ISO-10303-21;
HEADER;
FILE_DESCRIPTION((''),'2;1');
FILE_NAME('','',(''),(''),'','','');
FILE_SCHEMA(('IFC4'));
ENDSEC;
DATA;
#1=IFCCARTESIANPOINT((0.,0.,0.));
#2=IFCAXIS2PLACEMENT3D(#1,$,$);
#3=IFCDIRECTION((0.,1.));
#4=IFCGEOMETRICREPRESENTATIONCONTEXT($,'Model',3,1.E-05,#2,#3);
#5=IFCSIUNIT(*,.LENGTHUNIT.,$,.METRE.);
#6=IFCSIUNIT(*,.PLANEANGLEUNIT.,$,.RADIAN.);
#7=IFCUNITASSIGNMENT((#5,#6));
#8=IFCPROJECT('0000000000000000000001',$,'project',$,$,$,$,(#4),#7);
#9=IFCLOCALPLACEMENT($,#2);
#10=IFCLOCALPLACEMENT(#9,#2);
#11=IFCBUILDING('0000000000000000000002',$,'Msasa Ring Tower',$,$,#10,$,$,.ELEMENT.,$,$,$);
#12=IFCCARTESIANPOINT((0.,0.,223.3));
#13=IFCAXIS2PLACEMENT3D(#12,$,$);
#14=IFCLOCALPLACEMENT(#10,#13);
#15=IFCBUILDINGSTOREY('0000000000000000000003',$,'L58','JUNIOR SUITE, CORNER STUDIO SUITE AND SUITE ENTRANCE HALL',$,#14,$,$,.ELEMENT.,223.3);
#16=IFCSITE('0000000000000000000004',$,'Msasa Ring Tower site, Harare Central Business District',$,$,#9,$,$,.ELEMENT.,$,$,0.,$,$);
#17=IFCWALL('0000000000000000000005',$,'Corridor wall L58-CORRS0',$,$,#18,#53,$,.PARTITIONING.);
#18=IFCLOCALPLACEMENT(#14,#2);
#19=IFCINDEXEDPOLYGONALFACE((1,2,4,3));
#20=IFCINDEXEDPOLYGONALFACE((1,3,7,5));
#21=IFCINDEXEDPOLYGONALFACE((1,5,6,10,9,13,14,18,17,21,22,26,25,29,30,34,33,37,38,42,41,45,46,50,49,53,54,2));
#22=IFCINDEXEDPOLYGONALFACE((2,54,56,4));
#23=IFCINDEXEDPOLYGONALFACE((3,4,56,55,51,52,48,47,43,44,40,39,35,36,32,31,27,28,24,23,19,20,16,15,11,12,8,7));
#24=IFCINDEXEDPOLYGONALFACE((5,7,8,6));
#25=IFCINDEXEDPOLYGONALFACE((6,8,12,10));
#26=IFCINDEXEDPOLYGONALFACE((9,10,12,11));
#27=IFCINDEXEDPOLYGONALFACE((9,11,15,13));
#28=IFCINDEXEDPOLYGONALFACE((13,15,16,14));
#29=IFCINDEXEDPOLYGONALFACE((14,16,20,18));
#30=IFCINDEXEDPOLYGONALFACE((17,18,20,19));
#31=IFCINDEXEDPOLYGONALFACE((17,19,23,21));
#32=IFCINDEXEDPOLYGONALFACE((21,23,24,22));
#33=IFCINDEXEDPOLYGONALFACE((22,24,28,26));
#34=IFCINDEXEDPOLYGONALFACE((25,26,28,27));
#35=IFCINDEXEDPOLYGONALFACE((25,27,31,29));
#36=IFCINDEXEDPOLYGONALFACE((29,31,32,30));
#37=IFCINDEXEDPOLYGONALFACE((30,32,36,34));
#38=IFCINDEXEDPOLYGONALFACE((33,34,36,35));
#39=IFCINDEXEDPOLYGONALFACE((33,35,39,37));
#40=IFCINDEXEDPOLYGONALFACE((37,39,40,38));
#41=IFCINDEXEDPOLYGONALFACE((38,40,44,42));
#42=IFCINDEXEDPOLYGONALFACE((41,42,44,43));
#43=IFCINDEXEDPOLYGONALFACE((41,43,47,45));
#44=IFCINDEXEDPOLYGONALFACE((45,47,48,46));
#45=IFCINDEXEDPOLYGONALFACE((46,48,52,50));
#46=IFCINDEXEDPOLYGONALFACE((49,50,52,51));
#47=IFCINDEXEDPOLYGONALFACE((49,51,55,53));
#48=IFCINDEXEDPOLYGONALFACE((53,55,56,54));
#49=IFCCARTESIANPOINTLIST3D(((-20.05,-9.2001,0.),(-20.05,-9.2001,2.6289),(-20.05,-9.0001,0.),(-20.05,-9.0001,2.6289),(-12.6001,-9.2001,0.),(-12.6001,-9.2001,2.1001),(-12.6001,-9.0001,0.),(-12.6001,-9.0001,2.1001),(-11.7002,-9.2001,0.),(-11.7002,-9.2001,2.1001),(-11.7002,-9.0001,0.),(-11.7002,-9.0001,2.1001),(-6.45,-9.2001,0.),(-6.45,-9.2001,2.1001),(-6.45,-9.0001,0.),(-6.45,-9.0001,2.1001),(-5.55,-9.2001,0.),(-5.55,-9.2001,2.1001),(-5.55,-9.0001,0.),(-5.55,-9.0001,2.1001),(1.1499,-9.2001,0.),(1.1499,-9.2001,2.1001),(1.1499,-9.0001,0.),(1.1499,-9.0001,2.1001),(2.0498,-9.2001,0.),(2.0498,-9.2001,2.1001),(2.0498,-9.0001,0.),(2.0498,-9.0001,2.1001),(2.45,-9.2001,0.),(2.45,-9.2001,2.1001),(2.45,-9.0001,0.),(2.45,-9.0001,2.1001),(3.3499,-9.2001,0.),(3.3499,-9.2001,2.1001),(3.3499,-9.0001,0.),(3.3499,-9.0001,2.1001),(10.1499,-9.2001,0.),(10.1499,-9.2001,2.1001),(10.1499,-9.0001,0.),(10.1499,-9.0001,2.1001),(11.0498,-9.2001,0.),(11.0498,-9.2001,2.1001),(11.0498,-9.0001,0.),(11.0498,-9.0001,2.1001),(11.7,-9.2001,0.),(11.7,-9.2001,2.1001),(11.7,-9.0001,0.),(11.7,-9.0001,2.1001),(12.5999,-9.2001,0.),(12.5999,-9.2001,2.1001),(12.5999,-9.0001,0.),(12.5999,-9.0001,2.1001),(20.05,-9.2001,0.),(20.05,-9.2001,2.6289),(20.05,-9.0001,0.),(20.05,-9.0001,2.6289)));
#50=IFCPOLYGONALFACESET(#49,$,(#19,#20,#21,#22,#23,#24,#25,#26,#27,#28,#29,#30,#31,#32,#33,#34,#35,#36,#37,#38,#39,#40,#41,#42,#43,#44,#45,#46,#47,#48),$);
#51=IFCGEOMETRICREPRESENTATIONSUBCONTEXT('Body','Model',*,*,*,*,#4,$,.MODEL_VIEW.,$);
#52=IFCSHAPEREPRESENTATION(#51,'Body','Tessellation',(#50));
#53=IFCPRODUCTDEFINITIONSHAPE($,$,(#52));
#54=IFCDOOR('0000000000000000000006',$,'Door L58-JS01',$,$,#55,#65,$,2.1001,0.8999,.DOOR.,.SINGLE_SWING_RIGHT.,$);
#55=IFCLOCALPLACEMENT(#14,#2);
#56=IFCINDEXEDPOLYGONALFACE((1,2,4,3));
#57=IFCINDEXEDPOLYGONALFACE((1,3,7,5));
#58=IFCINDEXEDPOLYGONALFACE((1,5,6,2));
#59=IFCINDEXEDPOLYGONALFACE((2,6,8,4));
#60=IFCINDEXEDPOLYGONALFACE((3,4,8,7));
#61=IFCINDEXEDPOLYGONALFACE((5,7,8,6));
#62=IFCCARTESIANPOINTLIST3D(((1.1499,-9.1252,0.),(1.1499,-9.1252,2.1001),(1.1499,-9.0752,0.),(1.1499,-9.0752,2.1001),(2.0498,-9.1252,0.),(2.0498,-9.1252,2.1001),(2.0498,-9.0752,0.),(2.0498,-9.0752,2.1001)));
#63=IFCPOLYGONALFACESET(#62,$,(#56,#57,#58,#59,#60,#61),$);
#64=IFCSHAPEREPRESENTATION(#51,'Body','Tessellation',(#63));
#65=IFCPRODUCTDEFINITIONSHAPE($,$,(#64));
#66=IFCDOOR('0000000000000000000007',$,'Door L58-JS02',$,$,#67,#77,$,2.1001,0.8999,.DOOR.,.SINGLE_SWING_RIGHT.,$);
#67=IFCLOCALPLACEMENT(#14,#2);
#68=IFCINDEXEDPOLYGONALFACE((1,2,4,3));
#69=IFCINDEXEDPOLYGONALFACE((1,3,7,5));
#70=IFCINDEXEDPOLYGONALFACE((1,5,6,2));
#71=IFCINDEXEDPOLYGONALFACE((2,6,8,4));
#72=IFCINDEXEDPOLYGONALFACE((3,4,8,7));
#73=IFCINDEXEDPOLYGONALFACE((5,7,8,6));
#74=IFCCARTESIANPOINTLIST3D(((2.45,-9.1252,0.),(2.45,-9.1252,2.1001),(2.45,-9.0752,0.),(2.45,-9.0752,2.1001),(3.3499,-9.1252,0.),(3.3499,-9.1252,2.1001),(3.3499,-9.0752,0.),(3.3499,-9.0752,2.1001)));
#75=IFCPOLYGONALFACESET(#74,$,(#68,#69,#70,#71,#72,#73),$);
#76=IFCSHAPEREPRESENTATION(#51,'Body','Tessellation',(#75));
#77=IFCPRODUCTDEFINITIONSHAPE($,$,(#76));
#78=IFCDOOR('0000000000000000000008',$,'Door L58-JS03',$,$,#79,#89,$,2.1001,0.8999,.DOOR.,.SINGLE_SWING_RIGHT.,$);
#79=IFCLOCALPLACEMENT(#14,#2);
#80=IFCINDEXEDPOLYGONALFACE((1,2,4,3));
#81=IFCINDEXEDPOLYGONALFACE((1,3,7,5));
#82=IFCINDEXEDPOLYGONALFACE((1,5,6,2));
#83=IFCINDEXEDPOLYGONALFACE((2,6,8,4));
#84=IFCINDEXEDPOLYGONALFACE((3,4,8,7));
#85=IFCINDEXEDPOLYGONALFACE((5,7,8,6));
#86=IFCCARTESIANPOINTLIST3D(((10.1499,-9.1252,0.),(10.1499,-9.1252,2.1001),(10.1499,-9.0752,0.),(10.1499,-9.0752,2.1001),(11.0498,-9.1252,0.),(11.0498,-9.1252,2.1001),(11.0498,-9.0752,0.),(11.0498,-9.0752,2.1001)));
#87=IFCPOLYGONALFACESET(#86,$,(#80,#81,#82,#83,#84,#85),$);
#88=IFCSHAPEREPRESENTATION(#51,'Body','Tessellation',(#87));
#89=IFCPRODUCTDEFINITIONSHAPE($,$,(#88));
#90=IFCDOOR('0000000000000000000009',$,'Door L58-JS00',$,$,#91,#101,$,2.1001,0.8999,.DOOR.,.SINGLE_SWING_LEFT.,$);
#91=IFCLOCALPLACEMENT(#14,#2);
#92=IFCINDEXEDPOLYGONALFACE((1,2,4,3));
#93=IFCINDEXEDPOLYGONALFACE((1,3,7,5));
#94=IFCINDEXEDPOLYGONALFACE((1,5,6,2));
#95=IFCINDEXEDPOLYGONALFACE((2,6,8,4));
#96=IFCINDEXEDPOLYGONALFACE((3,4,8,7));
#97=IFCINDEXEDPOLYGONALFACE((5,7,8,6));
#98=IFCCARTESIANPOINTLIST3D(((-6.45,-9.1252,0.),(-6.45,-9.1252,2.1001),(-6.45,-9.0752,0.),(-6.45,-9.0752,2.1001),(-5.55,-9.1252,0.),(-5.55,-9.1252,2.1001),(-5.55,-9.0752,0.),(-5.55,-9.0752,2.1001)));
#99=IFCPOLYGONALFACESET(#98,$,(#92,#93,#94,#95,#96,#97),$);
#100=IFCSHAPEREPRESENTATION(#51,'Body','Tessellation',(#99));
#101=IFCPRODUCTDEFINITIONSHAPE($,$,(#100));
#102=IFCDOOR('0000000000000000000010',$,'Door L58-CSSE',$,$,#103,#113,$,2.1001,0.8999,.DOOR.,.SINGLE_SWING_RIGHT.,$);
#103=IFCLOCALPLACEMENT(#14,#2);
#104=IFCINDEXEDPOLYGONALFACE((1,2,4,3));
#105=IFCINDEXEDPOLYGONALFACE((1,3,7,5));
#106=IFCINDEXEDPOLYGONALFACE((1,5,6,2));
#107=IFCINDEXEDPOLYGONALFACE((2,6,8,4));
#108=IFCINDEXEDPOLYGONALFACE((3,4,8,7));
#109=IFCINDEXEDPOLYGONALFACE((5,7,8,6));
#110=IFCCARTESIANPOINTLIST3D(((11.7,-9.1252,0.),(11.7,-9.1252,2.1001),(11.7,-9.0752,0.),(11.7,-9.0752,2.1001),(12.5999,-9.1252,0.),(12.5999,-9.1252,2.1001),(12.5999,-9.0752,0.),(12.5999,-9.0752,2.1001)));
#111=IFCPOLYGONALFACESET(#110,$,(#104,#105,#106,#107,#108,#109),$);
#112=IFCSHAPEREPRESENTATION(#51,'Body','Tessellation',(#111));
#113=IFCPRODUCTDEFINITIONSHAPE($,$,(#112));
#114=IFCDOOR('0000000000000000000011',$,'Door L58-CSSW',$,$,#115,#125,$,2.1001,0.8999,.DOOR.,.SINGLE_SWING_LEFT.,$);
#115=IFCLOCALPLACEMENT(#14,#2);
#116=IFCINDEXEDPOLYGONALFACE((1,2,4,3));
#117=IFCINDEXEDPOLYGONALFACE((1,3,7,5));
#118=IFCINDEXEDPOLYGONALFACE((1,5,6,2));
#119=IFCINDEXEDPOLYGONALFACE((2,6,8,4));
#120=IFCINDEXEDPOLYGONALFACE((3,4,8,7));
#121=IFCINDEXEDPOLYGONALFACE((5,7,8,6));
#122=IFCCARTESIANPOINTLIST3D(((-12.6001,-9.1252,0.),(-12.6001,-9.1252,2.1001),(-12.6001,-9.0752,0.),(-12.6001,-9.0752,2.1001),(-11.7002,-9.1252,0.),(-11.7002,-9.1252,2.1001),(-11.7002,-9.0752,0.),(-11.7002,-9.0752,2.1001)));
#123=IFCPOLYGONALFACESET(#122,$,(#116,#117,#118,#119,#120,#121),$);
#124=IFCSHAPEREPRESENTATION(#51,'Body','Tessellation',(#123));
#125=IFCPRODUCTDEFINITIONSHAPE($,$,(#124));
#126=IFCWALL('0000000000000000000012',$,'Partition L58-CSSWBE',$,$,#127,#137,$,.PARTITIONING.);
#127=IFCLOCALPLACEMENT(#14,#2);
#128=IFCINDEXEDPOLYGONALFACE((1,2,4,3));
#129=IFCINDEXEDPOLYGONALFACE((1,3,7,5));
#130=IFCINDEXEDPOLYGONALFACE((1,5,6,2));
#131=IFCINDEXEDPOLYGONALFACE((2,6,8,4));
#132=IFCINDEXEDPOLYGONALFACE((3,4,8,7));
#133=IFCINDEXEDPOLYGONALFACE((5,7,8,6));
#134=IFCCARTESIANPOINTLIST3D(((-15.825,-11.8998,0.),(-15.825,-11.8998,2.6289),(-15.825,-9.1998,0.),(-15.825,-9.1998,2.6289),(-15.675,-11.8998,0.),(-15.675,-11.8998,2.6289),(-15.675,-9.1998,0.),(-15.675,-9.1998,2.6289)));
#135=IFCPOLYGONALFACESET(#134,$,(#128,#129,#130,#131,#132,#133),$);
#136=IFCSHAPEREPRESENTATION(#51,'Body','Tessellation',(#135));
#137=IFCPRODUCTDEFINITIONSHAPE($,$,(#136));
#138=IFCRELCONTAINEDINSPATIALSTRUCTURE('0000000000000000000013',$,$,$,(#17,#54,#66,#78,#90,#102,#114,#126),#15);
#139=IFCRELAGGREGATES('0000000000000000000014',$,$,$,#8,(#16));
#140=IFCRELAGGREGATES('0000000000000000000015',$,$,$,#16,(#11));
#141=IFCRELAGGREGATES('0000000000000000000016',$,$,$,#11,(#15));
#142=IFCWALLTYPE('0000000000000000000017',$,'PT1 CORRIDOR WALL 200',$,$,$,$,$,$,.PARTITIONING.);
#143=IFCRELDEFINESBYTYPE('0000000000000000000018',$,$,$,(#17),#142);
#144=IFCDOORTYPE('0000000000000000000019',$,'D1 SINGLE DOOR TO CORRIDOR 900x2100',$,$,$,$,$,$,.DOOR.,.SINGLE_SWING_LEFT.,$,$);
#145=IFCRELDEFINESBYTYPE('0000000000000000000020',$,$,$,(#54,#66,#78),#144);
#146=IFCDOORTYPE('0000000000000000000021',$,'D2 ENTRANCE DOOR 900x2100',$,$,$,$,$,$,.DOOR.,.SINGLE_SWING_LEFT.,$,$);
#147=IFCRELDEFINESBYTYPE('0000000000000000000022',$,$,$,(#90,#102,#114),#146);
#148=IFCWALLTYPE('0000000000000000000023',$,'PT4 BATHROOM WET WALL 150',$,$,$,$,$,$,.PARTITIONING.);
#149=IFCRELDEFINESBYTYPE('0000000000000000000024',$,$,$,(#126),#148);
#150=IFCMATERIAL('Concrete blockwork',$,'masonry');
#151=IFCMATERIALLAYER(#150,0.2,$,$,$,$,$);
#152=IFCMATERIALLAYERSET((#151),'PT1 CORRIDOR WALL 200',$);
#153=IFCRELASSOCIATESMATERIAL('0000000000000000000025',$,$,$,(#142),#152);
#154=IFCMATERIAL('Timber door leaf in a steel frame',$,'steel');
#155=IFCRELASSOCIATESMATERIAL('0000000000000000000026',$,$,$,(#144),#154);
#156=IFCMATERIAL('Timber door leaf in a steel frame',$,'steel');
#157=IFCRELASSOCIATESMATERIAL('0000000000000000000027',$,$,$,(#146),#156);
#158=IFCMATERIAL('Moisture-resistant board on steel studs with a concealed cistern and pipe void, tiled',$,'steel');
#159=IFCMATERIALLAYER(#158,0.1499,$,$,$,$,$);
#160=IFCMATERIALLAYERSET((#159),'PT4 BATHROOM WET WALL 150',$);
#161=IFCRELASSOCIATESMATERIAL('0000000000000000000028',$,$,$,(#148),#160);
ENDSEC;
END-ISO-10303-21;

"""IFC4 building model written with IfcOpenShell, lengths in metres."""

from ifc_helpers import new_model, si_unit, direction, frame, frame_2d, origin, place, context, subcontext, project, spatial, rectangle, extrude, material, layer, layer_set, type_object, element, fill, save


model = new_model("IFC4")

# Units and contexts
model_context = context("Model", 3, precision=1e-05, world=origin(), true_north=direction((0.0, 1.0)))
body_context = subcontext(model_context, "Body", "Model", "MODEL_VIEW")
ifc_project = project(units=[si_unit("LENGTHUNIT", "METRE"), si_unit("PLANEANGLEUNIT", "RADIAN")], contexts=[model_context])

# Site, building, storey
site_placement = place(None, origin())
site = spatial("IfcSite", under=ifc_project, at=site_placement, Name="Msasa Ring Tower site, Harare Central Business District", CompositionType="ELEMENT", RefElevation=0.0)
building_placement = place(site_placement, origin())
building = spatial("IfcBuilding", under=site, at=building_placement, Name="Msasa Ring Tower", CompositionType="ELEMENT")
storey_placement = place(building_placement, frame((0.0, 0.0, 223.3)))
storey = spatial("IfcBuildingStorey", under=building, at=storey_placement, Name="L58", Description="JUNIOR SUITE, CORNER STUDIO SUITE AND SUITE ENTRANCE HALL", CompositionType="ELEMENT", Elevation=223.3)

# Wall, openings, doors
ifc_material_1 = material(Name="Concrete blockwork", Category="masonry")
ifc_layer_1 = layer(ifc_material_1, 0.2)
ifc_layer_set_1 = layer_set([ifc_layer_1], Name="PT1 CORRIDOR WALL 200")
wall_type_1 = type_object("IfcWallType", Name="PT1 CORRIDOR WALL 200", PredefinedType="PARTITIONING", material=ifc_layer_set_1)
wall_1_placement = place(storey_placement, frame((-20.05, -9.1001, 0.0), z_axis=(0.0, 0.0, 1.0), x_axis=(1.0, 0.0, 0.0)))
wall_1 = element("IfcWall", 1, at=wall_1_placement, inside=storey, type_object=wall_type_1, Name="Corridor wall L58-CORRS0", PredefinedType="PARTITIONING", context=body_context, shape_type="SweptSolid", body=[
    extrude(rectangle(XDim=40.1001, YDim=0.2, at=frame_2d((20.05, 0.0))), origin(), (0.0, 0.0, 1.0), 2.6289),
])
opening_1_placement = place(wall_1_placement, frame((13.6001, 0.0, 0.0)))
opening_1 = element("IfcOpeningElement", 2, at=opening_1_placement, cuts=wall_1, PredefinedType="OPENING", context=body_context, shape_type="SweptSolid", body=[
    extrude(rectangle(XDim=0.8999, YDim=2.1001, at=frame_2d((0.45, 1.05))), frame((0.0, 0.1099, 0.0), z_axis=(0.0, -1.0, 0.0), x_axis=(1.0, 0.0, 0.0)), (0.0, 0.0, 1.0), 0.22),
])
opening_2_placement = place(wall_1_placement, frame((21.2, 0.0, 0.0)))
opening_2 = element("IfcOpeningElement", 3, at=opening_2_placement, cuts=wall_1, PredefinedType="OPENING", context=body_context, shape_type="SweptSolid", body=[
    extrude(rectangle(XDim=0.8999, YDim=2.1001, at=frame_2d((0.45, 1.05))), frame((0.0, 0.1099, 0.0), z_axis=(0.0, -1.0, 0.0), x_axis=(1.0, 0.0, 0.0)), (0.0, 0.0, 1.0), 0.22),
])
opening_3_placement = place(wall_1_placement, frame((22.5, 0.0, 0.0)))
opening_3 = element("IfcOpeningElement", 4, at=opening_3_placement, cuts=wall_1, PredefinedType="OPENING", context=body_context, shape_type="SweptSolid", body=[
    extrude(rectangle(XDim=0.8999, YDim=2.1001, at=frame_2d((0.45, 1.05))), frame((0.0, 0.1099, 0.0), z_axis=(0.0, -1.0, 0.0), x_axis=(1.0, 0.0, 0.0)), (0.0, 0.0, 1.0), 0.22),
])
opening_4_placement = place(wall_1_placement, frame((30.2, 0.0, 0.0)))
opening_4 = element("IfcOpeningElement", 5, at=opening_4_placement, cuts=wall_1, PredefinedType="OPENING", context=body_context, shape_type="SweptSolid", body=[
    extrude(rectangle(XDim=0.8999, YDim=2.1001, at=frame_2d((0.45, 1.05))), frame((0.0, 0.1099, 0.0), z_axis=(0.0, -1.0, 0.0), x_axis=(1.0, 0.0, 0.0)), (0.0, 0.0, 1.0), 0.22),
])
opening_5_placement = place(wall_1_placement, frame((31.75, 0.0, 0.0)))
opening_5 = element("IfcOpeningElement", 6, at=opening_5_placement, cuts=wall_1, PredefinedType="OPENING", context=body_context, shape_type="SweptSolid", body=[
    extrude(rectangle(XDim=0.8999, YDim=2.1001, at=frame_2d((0.45, 1.05))), frame((0.0, 0.1099, 0.0), z_axis=(0.0, -1.0, 0.0), x_axis=(1.0, 0.0, 0.0)), (0.0, 0.0, 1.0), 0.22),
])
opening_6_placement = place(wall_1_placement, frame((7.45, 0.0, 0.0)))
opening_6 = element("IfcOpeningElement", 7, at=opening_6_placement, cuts=wall_1, PredefinedType="OPENING", context=body_context, shape_type="SweptSolid", body=[
    extrude(rectangle(XDim=0.8999, YDim=2.1001, at=frame_2d((0.45, 1.05))), frame((0.0, 0.1099, 0.0), z_axis=(0.0, -1.0, 0.0), x_axis=(1.0, 0.0, 0.0)), (0.0, 0.0, 1.0), 0.22),
])
ifc_material_2 = material(Name="Timber door leaf in a steel frame", Category="steel")
door_type_1 = type_object("IfcDoorType", Name="D1 SINGLE DOOR TO CORRIDOR 900x2100", OperationType="SINGLE_SWING_LEFT", PredefinedType="DOOR", material=ifc_material_2)
door_1_placement = place(opening_2_placement, origin())
door_1 = element("IfcDoor", 8, at=door_1_placement, inside=storey, type_object=door_type_1, Name="Door L58-JS01", OperationType="SINGLE_SWING_RIGHT", OverallHeight=2.1001, OverallWidth=0.8999, PredefinedType="DOOR", context=body_context, shape_type="SweptSolid", body=[
    extrude(rectangle(XDim=0.8999, YDim=2.1001, at=frame_2d((0.45, 1.05))), frame((0.0, 0.0249, 0.0), z_axis=(0.0, -1.0, 0.0), x_axis=(1.0, 0.0, 0.0)), (0.0, 0.0, 1.0), 0.05),
])
fill(opening_2, door_1)
door_2_placement = place(opening_3_placement, origin())
door_2 = element("IfcDoor", 9, at=door_2_placement, inside=storey, type_object=door_type_1, Name="Door L58-JS02", OperationType="SINGLE_SWING_RIGHT", OverallHeight=2.1001, OverallWidth=0.8999, PredefinedType="DOOR", context=body_context, shape_type="SweptSolid", body=[
    extrude(rectangle(XDim=0.8999, YDim=2.1001, at=frame_2d((0.45, 1.05))), frame((0.0, 0.0249, 0.0), z_axis=(0.0, -1.0, 0.0), x_axis=(1.0, 0.0, 0.0)), (0.0, 0.0, 1.0), 0.05),
])
fill(opening_3, door_2)
door_3_placement = place(opening_4_placement, origin())
door_3 = element("IfcDoor", 10, at=door_3_placement, inside=storey, type_object=door_type_1, Name="Door L58-JS03", OperationType="SINGLE_SWING_RIGHT", OverallHeight=2.1001, OverallWidth=0.8999, PredefinedType="DOOR", context=body_context, shape_type="SweptSolid", body=[
    extrude(rectangle(XDim=0.8999, YDim=2.1001, at=frame_2d((0.45, 1.05))), frame((0.0, 0.0249, 0.0), z_axis=(0.0, -1.0, 0.0), x_axis=(1.0, 0.0, 0.0)), (0.0, 0.0, 1.0), 0.05),
])
fill(opening_4, door_3)
ifc_material_3 = material(Name="Timber door leaf in a steel frame", Category="steel")
door_type_2 = type_object("IfcDoorType", Name="D2 ENTRANCE DOOR 900x2100", OperationType="SINGLE_SWING_LEFT", PredefinedType="DOOR", material=ifc_material_3)
door_4_placement = place(opening_1_placement, origin())
door_4 = element("IfcDoor", 11, at=door_4_placement, inside=storey, type_object=door_type_2, Name="Door L58-JS00", OperationType="SINGLE_SWING_LEFT", OverallHeight=2.1001, OverallWidth=0.8999, PredefinedType="DOOR", context=body_context, shape_type="SweptSolid", body=[
    extrude(rectangle(XDim=0.8999, YDim=2.1001, at=frame_2d((0.45, 1.05))), frame((0.0, 0.0249, 0.0), z_axis=(0.0, -1.0, 0.0), x_axis=(1.0, 0.0, 0.0)), (0.0, 0.0, 1.0), 0.05),
])
fill(opening_1, door_4)
door_5_placement = place(opening_5_placement, origin())
door_5 = element("IfcDoor", 12, at=door_5_placement, inside=storey, type_object=door_type_2, Name="Door L58-CSSE", OperationType="SINGLE_SWING_RIGHT", OverallHeight=2.1001, OverallWidth=0.8999, PredefinedType="DOOR", context=body_context, shape_type="SweptSolid", body=[
    extrude(rectangle(XDim=0.8999, YDim=2.1001, at=frame_2d((0.45, 1.05))), frame((0.0, 0.0249, 0.0), z_axis=(0.0, -1.0, 0.0), x_axis=(1.0, 0.0, 0.0)), (0.0, 0.0, 1.0), 0.05),
])
fill(opening_5, door_5)
door_6_placement = place(opening_6_placement, origin())
door_6 = element("IfcDoor", 13, at=door_6_placement, inside=storey, type_object=door_type_2, Name="Door L58-CSSW", OperationType="SINGLE_SWING_LEFT", OverallHeight=2.1001, OverallWidth=0.8999, PredefinedType="DOOR", context=body_context, shape_type="SweptSolid", body=[
    extrude(rectangle(XDim=0.8999, YDim=2.1001, at=frame_2d((0.45, 1.05))), frame((0.0, 0.0249, 0.0), z_axis=(0.0, -1.0, 0.0), x_axis=(1.0, 0.0, 0.0)), (0.0, 0.0, 1.0), 0.05),
])
fill(opening_6, door_6)

# Wall
ifc_material_4 = material(Name="Moisture-resistant board on steel studs with a concealed cistern and pipe void, tiled", Category="steel")
ifc_layer_2 = layer(ifc_material_4, 0.1499)
ifc_layer_set_2 = layer_set([ifc_layer_2], Name="PT4 BATHROOM WET WALL 150")
wall_type_2 = type_object("IfcWallType", Name="PT4 BATHROOM WET WALL 150", PredefinedType="PARTITIONING", material=ifc_layer_set_2)
wall_2_placement = place(storey_placement, frame((-15.75, -11.8999, 0.0), z_axis=(0.0, 0.0, 1.0), x_axis=(0.0, 1.0, 0.0)))
element("IfcWall", 14, at=wall_2_placement, inside=storey, type_object=wall_type_2, Name="Partition L58-CSSWBE", PredefinedType="PARTITIONING", context=body_context, shape_type="SweptSolid", body=[
    extrude(rectangle(XDim=2.7, YDim=0.1499, at=frame_2d((1.3501, 0.0))), origin(), (0.0, 0.0, 1.0), 2.6289),
])

save(model, "model.ifc")
